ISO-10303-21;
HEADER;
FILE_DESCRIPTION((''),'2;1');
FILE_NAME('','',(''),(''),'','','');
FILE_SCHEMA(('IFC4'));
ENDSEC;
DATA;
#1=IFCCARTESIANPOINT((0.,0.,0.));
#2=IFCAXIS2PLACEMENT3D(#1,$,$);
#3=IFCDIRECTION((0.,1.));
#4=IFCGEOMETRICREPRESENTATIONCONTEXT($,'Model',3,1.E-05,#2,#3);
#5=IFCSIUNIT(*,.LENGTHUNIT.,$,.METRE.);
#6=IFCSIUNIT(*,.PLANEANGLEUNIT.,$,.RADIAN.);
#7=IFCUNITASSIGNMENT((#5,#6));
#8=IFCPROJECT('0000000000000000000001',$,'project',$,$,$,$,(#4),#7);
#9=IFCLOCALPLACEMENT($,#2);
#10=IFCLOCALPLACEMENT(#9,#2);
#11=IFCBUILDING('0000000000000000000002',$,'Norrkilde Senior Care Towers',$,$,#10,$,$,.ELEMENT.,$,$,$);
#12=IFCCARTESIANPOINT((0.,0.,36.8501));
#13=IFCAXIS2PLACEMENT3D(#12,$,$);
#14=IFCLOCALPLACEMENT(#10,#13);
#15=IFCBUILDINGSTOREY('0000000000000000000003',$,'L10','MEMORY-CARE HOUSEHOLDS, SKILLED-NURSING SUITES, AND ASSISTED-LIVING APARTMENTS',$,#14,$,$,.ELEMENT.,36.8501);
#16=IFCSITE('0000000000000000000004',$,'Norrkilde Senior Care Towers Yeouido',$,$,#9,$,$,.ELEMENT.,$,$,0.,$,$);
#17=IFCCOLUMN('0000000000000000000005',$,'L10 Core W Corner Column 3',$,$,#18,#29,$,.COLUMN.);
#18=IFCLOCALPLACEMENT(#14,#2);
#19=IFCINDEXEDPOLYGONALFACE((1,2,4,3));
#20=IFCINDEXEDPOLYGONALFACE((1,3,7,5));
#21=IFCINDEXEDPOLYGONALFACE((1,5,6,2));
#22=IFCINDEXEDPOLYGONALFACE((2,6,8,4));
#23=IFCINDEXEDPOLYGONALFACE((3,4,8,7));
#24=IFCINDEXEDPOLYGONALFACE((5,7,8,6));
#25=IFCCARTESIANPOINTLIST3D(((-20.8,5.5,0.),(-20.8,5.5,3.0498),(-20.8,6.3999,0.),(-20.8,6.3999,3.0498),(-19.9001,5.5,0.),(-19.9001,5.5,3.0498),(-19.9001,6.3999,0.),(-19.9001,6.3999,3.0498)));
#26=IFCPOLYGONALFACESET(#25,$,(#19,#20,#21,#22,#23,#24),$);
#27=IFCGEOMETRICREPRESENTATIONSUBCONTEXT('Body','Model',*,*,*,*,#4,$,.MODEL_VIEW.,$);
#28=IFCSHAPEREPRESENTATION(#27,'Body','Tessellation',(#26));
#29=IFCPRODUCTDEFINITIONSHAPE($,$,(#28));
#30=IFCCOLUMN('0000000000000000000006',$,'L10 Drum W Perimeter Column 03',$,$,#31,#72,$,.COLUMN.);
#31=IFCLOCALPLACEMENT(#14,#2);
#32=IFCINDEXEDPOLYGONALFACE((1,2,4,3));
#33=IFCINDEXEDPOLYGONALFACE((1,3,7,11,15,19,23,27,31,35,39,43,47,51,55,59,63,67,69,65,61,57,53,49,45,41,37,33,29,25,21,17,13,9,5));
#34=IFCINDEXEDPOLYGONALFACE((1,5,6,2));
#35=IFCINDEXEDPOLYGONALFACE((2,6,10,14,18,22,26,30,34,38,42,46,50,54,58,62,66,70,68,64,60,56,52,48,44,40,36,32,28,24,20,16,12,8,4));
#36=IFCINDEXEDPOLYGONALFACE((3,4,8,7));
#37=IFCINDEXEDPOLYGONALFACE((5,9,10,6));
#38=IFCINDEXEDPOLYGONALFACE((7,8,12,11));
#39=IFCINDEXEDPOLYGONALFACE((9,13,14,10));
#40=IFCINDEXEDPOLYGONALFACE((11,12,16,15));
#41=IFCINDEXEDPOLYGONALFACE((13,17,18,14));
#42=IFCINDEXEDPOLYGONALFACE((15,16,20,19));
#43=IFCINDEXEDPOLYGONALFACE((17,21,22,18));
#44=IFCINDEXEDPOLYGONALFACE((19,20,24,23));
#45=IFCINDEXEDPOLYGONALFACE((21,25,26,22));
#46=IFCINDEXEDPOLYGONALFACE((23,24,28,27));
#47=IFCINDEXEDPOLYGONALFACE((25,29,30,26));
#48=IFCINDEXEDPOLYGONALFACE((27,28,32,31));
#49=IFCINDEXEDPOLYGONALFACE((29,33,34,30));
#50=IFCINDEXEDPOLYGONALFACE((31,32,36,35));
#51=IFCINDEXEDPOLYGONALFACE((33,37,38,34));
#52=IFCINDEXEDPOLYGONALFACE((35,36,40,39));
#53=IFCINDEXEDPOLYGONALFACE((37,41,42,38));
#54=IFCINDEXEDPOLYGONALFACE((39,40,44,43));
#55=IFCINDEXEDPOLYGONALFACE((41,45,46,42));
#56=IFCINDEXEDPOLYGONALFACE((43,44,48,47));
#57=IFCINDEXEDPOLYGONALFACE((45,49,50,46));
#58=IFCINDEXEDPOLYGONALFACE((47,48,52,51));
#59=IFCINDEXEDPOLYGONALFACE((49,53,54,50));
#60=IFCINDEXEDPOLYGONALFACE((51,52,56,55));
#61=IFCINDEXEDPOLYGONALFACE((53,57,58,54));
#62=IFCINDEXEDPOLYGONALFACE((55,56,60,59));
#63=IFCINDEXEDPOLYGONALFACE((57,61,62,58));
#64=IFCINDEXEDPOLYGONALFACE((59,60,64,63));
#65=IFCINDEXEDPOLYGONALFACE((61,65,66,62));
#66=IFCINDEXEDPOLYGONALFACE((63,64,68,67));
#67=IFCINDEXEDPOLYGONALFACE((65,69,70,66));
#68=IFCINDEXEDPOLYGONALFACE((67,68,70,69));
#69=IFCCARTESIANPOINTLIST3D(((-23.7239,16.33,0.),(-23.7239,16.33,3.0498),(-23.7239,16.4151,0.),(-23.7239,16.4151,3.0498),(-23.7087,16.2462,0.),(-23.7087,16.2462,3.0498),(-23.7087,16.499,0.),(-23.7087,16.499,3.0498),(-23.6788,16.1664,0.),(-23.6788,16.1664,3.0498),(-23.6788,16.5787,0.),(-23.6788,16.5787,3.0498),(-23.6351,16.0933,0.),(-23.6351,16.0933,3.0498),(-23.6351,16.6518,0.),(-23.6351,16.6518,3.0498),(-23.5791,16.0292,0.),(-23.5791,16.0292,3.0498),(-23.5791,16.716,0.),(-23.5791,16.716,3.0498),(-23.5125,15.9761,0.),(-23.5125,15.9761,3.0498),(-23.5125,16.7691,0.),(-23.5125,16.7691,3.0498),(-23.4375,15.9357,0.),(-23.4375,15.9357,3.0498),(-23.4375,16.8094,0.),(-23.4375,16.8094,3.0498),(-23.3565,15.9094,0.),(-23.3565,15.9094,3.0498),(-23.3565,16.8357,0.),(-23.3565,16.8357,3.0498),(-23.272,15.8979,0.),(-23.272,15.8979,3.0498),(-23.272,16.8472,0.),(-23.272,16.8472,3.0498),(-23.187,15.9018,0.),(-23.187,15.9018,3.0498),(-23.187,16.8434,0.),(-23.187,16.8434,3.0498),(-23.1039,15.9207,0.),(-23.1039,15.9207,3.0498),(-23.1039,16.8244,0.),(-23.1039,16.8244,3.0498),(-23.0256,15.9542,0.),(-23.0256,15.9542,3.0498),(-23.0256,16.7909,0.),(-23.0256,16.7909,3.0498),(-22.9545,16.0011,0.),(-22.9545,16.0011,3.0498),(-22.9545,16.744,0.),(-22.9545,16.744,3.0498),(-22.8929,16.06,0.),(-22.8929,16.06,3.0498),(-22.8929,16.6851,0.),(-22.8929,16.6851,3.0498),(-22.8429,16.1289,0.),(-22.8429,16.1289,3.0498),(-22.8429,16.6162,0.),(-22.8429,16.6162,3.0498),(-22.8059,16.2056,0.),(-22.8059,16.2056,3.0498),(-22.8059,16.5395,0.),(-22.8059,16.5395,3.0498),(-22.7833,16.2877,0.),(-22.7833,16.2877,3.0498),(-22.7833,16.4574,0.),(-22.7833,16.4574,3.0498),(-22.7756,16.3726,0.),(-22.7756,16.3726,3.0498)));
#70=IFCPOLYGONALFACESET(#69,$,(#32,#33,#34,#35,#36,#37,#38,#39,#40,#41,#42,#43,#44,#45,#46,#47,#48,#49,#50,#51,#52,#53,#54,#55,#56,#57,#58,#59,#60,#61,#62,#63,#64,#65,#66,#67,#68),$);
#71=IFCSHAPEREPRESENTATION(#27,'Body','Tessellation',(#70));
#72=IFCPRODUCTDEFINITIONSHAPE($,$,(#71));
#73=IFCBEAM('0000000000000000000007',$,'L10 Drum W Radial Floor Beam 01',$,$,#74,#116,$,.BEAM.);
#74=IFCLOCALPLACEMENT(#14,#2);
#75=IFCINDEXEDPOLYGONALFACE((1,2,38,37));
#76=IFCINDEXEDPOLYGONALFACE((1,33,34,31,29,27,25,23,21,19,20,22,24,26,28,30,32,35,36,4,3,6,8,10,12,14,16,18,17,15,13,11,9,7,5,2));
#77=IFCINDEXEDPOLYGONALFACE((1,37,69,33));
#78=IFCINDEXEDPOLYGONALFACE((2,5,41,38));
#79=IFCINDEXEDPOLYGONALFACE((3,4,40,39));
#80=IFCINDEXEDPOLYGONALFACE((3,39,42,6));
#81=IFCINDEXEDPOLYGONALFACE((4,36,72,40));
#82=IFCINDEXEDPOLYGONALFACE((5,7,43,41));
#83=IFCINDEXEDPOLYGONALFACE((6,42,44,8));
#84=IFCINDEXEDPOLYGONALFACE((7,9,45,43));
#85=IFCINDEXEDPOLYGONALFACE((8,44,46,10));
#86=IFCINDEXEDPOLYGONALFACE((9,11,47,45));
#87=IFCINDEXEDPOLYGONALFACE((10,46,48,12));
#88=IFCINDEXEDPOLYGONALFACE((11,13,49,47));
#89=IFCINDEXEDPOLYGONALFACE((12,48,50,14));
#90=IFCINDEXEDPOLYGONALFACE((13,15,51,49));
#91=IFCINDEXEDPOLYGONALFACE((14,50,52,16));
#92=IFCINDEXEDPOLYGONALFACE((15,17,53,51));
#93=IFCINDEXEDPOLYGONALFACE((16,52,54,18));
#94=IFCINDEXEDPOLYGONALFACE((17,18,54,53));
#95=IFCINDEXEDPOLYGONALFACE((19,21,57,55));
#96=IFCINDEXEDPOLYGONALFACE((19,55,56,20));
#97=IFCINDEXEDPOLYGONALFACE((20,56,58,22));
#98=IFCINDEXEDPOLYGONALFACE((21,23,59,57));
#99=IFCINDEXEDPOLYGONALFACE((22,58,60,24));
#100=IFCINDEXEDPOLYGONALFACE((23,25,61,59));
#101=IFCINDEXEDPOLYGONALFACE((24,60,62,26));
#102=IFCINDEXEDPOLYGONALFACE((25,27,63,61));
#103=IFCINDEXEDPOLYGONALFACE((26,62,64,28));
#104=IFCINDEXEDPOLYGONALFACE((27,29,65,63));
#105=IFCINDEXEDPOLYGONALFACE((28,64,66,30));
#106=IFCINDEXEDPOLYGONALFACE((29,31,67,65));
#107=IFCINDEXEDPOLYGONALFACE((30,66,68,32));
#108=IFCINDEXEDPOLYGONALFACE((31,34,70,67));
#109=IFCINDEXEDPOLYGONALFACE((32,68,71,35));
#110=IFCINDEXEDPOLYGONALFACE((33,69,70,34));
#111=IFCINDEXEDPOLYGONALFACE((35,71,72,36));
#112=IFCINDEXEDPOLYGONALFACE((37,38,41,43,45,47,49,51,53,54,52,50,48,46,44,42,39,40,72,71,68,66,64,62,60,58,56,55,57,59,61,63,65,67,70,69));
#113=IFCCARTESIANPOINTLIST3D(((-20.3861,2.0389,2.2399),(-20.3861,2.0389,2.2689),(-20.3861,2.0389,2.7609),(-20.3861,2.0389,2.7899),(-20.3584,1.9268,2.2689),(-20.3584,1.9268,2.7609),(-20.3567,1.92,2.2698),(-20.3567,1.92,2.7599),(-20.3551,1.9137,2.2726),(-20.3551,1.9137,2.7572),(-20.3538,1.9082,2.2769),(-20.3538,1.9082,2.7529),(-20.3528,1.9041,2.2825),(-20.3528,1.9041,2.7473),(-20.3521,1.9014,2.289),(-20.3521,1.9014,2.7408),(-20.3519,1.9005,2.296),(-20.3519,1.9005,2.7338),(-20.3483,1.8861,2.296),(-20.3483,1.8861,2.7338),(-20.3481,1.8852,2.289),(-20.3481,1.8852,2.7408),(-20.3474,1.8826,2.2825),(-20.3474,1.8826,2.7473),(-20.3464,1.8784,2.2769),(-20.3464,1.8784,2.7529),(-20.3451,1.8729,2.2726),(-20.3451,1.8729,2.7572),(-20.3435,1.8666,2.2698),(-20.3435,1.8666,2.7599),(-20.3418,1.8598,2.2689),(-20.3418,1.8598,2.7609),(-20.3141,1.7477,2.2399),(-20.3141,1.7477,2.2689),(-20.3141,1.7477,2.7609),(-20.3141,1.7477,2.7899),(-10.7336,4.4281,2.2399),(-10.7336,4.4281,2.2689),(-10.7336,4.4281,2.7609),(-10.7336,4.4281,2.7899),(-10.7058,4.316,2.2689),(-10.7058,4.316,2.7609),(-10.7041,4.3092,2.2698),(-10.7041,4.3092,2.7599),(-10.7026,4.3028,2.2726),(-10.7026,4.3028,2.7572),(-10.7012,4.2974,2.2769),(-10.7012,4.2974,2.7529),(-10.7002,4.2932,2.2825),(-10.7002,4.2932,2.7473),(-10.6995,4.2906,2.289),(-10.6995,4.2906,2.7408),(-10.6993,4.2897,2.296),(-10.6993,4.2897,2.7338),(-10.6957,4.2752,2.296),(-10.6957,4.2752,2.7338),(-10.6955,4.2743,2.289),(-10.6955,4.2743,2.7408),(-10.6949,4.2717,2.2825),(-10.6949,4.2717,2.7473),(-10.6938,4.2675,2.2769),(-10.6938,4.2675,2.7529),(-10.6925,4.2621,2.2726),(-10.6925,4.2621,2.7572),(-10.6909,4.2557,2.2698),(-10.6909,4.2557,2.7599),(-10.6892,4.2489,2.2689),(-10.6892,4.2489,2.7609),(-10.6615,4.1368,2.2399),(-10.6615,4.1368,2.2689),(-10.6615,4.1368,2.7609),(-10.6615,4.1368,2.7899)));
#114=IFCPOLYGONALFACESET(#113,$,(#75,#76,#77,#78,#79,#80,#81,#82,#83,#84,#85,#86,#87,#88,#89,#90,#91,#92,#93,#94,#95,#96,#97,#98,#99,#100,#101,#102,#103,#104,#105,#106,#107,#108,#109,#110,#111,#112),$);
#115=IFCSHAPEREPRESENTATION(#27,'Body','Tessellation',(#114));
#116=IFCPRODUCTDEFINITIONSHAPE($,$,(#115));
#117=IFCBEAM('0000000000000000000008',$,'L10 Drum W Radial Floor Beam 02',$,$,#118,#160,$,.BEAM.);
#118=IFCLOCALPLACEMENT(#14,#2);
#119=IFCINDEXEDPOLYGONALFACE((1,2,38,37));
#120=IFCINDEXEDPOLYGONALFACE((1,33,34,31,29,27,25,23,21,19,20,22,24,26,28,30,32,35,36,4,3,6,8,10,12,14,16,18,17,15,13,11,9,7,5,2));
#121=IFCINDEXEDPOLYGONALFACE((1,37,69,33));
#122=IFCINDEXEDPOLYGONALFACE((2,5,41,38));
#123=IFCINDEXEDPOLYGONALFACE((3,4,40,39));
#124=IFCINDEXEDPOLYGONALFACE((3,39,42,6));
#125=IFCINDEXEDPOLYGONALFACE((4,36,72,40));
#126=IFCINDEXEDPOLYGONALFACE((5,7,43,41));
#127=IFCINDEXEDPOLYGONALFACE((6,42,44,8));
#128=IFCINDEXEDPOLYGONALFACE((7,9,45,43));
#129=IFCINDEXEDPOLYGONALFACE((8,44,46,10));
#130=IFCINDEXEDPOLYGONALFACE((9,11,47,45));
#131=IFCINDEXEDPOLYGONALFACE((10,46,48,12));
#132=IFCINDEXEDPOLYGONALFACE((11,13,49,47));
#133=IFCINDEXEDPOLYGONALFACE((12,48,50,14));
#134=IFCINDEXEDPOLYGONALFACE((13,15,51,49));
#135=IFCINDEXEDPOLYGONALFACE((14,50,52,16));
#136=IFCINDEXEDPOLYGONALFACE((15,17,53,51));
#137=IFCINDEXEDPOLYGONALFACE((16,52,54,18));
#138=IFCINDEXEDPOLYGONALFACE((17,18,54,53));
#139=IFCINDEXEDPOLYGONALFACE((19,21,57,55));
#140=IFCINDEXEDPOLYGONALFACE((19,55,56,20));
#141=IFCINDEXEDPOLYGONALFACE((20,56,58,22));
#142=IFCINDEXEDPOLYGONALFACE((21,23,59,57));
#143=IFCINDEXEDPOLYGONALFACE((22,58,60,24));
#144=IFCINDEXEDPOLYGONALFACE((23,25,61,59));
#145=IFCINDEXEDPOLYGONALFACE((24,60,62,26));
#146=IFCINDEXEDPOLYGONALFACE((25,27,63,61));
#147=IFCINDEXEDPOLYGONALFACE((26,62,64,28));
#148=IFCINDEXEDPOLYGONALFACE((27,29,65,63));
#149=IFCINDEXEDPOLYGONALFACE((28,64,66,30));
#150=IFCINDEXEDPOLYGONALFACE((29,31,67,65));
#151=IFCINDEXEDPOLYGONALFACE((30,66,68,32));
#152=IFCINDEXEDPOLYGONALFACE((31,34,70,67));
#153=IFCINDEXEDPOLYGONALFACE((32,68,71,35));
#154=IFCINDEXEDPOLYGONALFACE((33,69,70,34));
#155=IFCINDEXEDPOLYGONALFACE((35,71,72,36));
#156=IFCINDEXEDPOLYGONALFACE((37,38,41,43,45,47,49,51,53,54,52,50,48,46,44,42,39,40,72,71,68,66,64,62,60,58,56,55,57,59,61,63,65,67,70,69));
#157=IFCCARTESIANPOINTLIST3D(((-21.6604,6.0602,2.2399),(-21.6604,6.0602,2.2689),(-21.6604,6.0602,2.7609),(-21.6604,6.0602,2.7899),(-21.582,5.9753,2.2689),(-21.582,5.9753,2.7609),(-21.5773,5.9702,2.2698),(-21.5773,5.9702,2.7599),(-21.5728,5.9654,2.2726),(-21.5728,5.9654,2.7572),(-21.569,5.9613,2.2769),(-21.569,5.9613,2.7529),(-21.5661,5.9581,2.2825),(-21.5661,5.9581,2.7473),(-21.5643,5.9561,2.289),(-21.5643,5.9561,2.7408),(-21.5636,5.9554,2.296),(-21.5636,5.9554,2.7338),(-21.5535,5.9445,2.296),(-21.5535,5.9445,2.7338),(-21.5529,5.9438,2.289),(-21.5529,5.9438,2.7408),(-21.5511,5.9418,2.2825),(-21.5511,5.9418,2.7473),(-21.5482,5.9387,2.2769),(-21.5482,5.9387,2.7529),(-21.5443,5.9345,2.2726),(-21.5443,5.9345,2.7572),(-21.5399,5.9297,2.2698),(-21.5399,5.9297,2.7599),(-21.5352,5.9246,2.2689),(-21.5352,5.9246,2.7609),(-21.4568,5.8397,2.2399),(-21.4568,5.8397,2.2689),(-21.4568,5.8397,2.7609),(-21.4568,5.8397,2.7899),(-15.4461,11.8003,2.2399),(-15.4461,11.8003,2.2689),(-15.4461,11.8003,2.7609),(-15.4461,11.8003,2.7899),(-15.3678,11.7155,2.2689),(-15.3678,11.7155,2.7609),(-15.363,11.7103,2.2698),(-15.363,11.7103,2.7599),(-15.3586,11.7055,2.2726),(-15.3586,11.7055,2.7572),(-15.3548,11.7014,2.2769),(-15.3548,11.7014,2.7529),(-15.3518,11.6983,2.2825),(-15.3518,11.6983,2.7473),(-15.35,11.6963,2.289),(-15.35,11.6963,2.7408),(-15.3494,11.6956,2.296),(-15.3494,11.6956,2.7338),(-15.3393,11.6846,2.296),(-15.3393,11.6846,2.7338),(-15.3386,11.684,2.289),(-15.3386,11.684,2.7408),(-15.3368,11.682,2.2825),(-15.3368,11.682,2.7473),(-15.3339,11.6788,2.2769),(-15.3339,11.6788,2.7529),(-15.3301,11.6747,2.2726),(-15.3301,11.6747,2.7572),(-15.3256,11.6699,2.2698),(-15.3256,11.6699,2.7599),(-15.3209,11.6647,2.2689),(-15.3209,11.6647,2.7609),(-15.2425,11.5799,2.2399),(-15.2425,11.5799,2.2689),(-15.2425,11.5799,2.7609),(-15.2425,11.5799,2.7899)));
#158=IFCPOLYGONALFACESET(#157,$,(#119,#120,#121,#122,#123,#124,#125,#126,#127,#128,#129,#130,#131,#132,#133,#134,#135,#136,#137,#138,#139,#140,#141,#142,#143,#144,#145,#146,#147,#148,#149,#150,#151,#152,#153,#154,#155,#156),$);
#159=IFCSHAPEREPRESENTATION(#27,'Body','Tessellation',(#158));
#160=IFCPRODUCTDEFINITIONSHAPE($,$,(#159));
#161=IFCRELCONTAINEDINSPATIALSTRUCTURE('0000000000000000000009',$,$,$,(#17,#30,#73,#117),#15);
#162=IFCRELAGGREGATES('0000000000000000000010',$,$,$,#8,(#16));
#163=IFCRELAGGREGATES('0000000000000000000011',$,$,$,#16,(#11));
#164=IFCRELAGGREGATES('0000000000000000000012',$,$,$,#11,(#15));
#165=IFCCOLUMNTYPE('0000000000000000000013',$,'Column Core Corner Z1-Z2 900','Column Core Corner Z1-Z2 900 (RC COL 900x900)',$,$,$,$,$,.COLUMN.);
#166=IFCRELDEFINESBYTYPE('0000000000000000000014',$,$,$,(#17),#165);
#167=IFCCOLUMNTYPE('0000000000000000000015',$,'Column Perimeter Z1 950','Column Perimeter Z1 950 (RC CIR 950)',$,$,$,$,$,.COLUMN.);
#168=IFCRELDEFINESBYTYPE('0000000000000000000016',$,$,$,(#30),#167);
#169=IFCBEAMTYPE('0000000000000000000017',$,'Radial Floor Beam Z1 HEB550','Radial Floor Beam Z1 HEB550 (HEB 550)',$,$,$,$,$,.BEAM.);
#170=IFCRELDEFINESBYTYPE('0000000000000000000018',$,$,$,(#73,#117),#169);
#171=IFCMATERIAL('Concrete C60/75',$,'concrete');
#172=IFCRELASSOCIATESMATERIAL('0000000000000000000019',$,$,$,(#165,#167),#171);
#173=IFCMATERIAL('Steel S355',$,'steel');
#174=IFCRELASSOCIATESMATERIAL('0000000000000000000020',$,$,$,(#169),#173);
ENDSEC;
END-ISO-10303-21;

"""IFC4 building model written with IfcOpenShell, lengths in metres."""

from ifc_helpers import new_model, si_unit, direction, frame, origin, origin_2d, place, context, subcontext, project, spatial, rectangle, circle, i_section, extrude, source, transform, mapped, material, material_profile, profile_set, type_object, type_shapes, element, save


model = new_model("IFC4")

# Units and contexts
model_context = context("Model", 3, precision=1e-05, world=origin(), true_north=direction((0.0, 1.0)))
body_context = subcontext(model_context, "Body", "Model", "MODEL_VIEW")
ifc_project = project(units=[si_unit("LENGTHUNIT", "METRE"), si_unit("PLANEANGLEUNIT", "RADIAN")], contexts=[model_context])

# Site, building, storey
site_placement = place(None, origin())
site = spatial("IfcSite", under=ifc_project, at=site_placement, Name="Norrkilde Senior Care Towers Yeouido", CompositionType="ELEMENT", RefElevation=0.0)
building_placement = place(site_placement, origin())
building = spatial("IfcBuilding", under=site, at=building_placement, Name="Norrkilde Senior Care Towers", CompositionType="ELEMENT")
storey_placement = place(building_placement, frame((0.0, 0.0, 36.8501)))
storey = spatial("IfcBuildingStorey", under=building, at=storey_placement, Name="L10", Description="MEMORY-CARE HOUSEHOLDS, SKILLED-NURSING SUITES, AND ASSISTED-LIVING APARTMENTS", CompositionType="ELEMENT", Elevation=36.8501)

# Columns
ifc_material_1 = material(Name="Concrete C60/75", Category="concrete")
ifc_material_profile_1 = material_profile(ifc_material_1, rectangle(XDim=0.8999, YDim=0.8999, at=origin_2d()), Name="RC COL 900x900")
ifc_profile_set_1 = profile_set([ifc_material_profile_1], Name="Concrete C60/75")
column_type_1 = type_object("IfcColumnType", Name="Column Core Corner Z1-Z2 900", Description="Column Core Corner Z1-Z2 900 (RC COL 900x900)", PredefinedType="COLUMN", material=ifc_profile_set_1)
shared_shape_1 = source(origin(), body_context, "Body", "SweptSolid", [
    extrude(rectangle(XDim=0.8999, YDim=0.8999, at=origin_2d()), origin(), (0.0, 0.0, 1.0), 3.0498),
])
type_shapes(column_type_1, [shared_shape_1])
column_1_placement = place(storey_placement, frame((-20.3501, 5.95, 0.0), z_axis=(0.0, 0.0, 1.0), x_axis=(1.0, 0.0, 0.0)))
element("IfcColumn", 1, at=column_1_placement, inside=storey, type_object=column_type_1, Name="L10 Core W Corner Column 3", PredefinedType="COLUMN", context=body_context, shape_type="MappedRepresentation", body=[
    mapped(shared_shape_1, transform((0.0, 0.0, 0.0), x_axis=(1.0, 0.0, 0.0), y_axis=(0.0, 1.0, 0.0), z_axis=(0.0, 0.0, 1.0), scale=1.0)),
])
ifc_material_profile_2 = material_profile(ifc_material_1, circle(Radius=0.4751, at=origin_2d()), Name="RC CIR 950")
ifc_profile_set_2 = profile_set([ifc_material_profile_2], Name="Concrete C60/75")
column_type_2 = type_object("IfcColumnType", Name="Column Perimeter Z1 950", Description="Column Perimeter Z1 950 (RC CIR 950)", PredefinedType="COLUMN", material=ifc_profile_set_2)
shared_shape_2 = source(origin(), body_context, "Body", "SweptSolid", [
    extrude(circle(Radius=0.4751, at=origin_2d()), origin(), (0.0, 0.0, 1.0), 3.0498),
])
type_shapes(column_type_2, [shared_shape_2])
column_2_placement = place(storey_placement, frame((-23.2507, 16.3726, 0.0), z_axis=(0.0, 0.0, 1.0), x_axis=(1.0, 0.0, 0.0)))
element("IfcColumn", 2, at=column_2_placement, inside=storey, type_object=column_type_2, Name="L10 Drum W Perimeter Column 03", PredefinedType="COLUMN", context=body_context, shape_type="MappedRepresentation", body=[
    mapped(shared_shape_2, transform((0.0, 0.0, 0.0), x_axis=(1.0, 0.0, 0.0), y_axis=(0.0, 1.0, 0.0), z_axis=(0.0, 0.0, 1.0), scale=1.0)),
])

# Beams
ifc_material_2 = material(Name="Steel S355", Category="steel")
ifc_material_profile_3 = material_profile(ifc_material_2, i_section(OverallWidth=0.3, OverallDepth=0.55, WebThickness=0.0149, FlangeThickness=0.0291, FilletRadius=0.0271, at=origin_2d()), Name="HEB 550")
ifc_profile_set_3 = profile_set([ifc_material_profile_3], Name="Steel S355")
beam_type_1 = type_object("IfcBeamType", Name="Radial Floor Beam Z1 HEB550", Description="Radial Floor Beam Z1 HEB550 (HEB 550)", PredefinedType="BEAM", material=ifc_profile_set_3)
shared_shape_3 = source(origin(), body_context, "Body", "SweptSolid", [
    extrude(i_section(OverallWidth=0.3, OverallDepth=0.55, WebThickness=0.0149, FlangeThickness=0.0291, FilletRadius=0.0271, at=origin_2d()), origin(), (0.0, 0.0, 1.0), 9.9438),
])
beam_1_placement = place(storey_placement, frame((-20.3501, 1.8933, 2.5149), z_axis=(0.970707, 0.240265, 0.0), x_axis=(-0.240265, 0.970707, 0.0)))
element("IfcBeam", 3, at=beam_1_placement, inside=storey, type_object=beam_type_1, Name="L10 Drum W Radial Floor Beam 01", PredefinedType="BEAM", context=body_context, shape_type="MappedRepresentation", body=[
    mapped(shared_shape_3, transform((0.0, 0.0, 0.0), x_axis=(1.0, 0.0, 0.0), y_axis=(0.0, 1.0, 0.0), z_axis=(0.0, 0.0, 1.0), scale=1.0)),
])
shared_shape_4 = source(origin(), body_context, "Body", "SweptSolid", [
    extrude(i_section(OverallWidth=0.3, OverallDepth=0.55, WebThickness=0.0149, FlangeThickness=0.0291, FilletRadius=0.0271, at=origin_2d()), origin(), (0.0, 0.0, 1.0), 8.4597),
])
beam_2_placement = place(storey_placement, frame((-21.5586, 5.95, 2.5149), z_axis=(0.734573, 0.678529, 0.0), x_axis=(-0.678529, 0.734573, 0.0)))
element("IfcBeam", 4, at=beam_2_placement, inside=storey, type_object=beam_type_1, Name="L10 Drum W Radial Floor Beam 02", PredefinedType="BEAM", context=body_context, shape_type="MappedRepresentation", body=[
    mapped(shared_shape_4, transform((0.0, 0.0, 0.0), x_axis=(1.0, 0.0, 0.0), y_axis=(0.0, 1.0, 0.0), z_axis=(0.0, 0.0, 1.0), scale=1.0)),
])

save(model, "model.ifc")
